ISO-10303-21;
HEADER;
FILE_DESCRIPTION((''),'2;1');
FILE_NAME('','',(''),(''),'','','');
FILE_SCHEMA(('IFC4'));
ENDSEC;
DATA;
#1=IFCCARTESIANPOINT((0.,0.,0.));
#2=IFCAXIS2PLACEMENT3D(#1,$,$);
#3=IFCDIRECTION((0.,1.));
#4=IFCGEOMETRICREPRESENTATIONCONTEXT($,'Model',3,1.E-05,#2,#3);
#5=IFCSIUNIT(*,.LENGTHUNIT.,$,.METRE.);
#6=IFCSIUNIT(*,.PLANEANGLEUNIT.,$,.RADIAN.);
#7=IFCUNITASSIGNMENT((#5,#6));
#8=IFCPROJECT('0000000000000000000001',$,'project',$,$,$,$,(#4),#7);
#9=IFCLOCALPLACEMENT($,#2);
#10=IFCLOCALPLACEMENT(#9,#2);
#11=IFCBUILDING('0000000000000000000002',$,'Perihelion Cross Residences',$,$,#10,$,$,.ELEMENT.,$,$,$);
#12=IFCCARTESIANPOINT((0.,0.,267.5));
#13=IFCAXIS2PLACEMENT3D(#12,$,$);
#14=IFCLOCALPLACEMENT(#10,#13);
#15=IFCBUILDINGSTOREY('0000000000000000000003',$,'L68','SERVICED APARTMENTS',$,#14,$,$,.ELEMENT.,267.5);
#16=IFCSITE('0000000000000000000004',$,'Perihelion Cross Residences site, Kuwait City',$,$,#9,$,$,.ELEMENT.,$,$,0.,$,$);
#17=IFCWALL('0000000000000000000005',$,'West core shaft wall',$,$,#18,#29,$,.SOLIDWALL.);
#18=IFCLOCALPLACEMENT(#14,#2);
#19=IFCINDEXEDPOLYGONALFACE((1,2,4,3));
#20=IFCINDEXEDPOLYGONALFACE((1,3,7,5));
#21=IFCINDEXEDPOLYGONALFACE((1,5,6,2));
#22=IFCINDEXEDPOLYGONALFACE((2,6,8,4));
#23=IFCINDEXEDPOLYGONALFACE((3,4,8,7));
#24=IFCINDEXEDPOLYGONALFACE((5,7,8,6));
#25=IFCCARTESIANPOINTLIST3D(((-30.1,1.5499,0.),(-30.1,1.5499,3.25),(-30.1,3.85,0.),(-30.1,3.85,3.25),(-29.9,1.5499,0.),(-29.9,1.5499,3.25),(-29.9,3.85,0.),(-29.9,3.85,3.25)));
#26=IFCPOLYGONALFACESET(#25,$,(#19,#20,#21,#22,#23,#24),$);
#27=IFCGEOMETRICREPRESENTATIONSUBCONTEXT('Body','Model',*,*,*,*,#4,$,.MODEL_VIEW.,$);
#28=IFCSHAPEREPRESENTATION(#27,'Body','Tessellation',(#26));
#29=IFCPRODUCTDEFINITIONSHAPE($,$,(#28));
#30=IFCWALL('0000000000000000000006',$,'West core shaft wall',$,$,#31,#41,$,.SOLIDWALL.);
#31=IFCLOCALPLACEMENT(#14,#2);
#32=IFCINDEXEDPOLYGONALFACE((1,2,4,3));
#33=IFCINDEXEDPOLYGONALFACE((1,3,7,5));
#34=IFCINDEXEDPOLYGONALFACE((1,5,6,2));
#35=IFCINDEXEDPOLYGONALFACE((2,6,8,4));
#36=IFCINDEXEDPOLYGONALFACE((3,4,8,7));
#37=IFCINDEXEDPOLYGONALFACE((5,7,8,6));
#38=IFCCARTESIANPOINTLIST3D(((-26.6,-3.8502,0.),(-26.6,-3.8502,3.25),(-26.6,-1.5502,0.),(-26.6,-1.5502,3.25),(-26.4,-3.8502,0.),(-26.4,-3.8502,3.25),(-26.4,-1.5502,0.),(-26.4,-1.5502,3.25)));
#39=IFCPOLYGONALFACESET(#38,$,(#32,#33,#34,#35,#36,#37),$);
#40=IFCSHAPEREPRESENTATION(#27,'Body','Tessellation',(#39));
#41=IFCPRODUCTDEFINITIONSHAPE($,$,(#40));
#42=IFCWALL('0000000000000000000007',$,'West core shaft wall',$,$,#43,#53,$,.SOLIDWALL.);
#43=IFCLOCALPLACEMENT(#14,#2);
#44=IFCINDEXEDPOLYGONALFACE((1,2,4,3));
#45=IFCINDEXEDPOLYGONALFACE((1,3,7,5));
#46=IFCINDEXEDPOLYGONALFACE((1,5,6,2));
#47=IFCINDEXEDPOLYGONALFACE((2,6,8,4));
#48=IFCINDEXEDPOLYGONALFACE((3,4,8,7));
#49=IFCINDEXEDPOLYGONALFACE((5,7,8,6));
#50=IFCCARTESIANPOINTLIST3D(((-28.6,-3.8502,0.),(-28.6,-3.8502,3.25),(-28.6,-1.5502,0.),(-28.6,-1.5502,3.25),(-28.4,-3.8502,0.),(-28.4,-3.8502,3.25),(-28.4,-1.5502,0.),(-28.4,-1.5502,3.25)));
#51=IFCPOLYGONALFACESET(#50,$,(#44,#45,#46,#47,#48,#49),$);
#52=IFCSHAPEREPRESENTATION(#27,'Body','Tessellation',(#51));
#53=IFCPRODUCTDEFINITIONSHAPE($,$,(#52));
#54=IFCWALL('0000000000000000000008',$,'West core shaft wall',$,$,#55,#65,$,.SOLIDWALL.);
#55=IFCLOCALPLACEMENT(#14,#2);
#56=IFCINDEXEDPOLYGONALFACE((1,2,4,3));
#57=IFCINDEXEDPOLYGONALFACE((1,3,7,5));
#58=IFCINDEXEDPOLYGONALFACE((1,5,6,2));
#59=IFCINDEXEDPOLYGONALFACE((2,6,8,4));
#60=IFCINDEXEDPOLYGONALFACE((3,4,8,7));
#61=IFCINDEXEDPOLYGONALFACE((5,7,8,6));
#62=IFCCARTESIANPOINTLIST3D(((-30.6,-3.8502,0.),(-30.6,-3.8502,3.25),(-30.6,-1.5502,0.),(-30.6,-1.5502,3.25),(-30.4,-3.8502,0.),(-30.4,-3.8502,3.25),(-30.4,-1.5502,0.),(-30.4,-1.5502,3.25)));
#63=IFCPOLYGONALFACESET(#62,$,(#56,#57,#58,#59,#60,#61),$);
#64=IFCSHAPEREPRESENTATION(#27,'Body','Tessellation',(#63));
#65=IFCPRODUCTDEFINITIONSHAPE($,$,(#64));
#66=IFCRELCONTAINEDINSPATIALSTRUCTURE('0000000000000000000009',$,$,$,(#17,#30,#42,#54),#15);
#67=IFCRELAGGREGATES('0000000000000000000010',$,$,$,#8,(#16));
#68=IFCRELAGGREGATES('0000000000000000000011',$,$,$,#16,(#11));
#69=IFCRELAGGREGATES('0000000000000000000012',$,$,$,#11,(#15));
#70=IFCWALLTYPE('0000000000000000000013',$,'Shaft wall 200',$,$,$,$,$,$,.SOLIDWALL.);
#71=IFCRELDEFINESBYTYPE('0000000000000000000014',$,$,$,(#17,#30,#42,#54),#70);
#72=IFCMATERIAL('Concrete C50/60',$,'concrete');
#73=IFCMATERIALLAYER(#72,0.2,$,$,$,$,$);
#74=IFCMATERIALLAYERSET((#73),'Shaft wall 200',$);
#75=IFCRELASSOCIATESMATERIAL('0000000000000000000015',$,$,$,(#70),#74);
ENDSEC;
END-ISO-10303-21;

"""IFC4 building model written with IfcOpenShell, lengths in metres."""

from ifc_helpers import new_model, si_unit, direction, frame, frame_2d, origin, place, context, subcontext, project, spatial, rectangle, extrude, material, layer, layer_set, type_object, element, save


model = new_model("IFC4")

# Units and contexts
model_context = context("Model", 3, precision=1e-05, world=origin(), true_north=direction((0.0, 1.0)))
body_context = subcontext(model_context, "Body", "Model", "MODEL_VIEW")
ifc_project = project(units=[si_unit("LENGTHUNIT", "METRE"), si_unit("PLANEANGLEUNIT", "RADIAN")], contexts=[model_context])

# Site, building, storey
site_placement = place(None, origin())
site = spatial("IfcSite", under=ifc_project, at=site_placement, Name="Perihelion Cross Residences site, Kuwait City", CompositionType="ELEMENT", RefElevation=0.0)
building_placement = place(site_placement, origin())
building = spatial("IfcBuilding", under=site, at=building_placement, Name="Perihelion Cross Residences", CompositionType="ELEMENT")
storey_placement = place(building_placement, frame((0.0, 0.0, 267.5)))
storey = spatial("IfcBuildingStorey", under=building, at=storey_placement, Name="L68", Description="SERVICED APARTMENTS", CompositionType="ELEMENT", Elevation=267.5)

# Shared definitions
ifc_material_1 = material(Name="Concrete C50/60", Category="concrete")
ifc_layer_1 = layer(ifc_material_1, 0.2)
ifc_layer_set_1 = layer_set([ifc_layer_1], Name="Shaft wall 200")
wall_type_1 = type_object("IfcWallType", Name="Shaft wall 200", PredefinedType="SOLIDWALL", material=ifc_layer_set_1)

# Walls
for number, where, z_axis, x_axis, name in (
    (1, (-30.0, 1.55, 0.0), (0.0, 0.0, 1.0), (0.0, 1.0, 0.0), "West core shaft wall"),
    (2, (-26.5, -3.8501, 0.0), (0.0, 0.0, 1.0), (0.0, 1.0, 0.0), "West core shaft wall"),
    (3, (-28.5, -3.8501, 0.0), (0.0, 0.0, 1.0), (0.0, 1.0, 0.0), "West core shaft wall"),
    (4, (-30.5, -3.8501, 0.0), (0.0, 0.0, 1.0), (0.0, 1.0, 0.0), "West core shaft wall"),
):
    element("IfcWall", number, at=place(storey_placement, frame(where, z_axis=z_axis, x_axis=x_axis)), inside=storey, type_object=wall_type_1, Name=name, PredefinedType="SOLIDWALL", context=body_context, shape_type="SweptSolid", body=[
        extrude(rectangle(XDim=2.3, YDim=0.2, at=frame_2d((1.1499, 0.0))), origin(), (0.0, 0.0, 1.0), 3.25),
    ])

save(model, "model.ifc")
